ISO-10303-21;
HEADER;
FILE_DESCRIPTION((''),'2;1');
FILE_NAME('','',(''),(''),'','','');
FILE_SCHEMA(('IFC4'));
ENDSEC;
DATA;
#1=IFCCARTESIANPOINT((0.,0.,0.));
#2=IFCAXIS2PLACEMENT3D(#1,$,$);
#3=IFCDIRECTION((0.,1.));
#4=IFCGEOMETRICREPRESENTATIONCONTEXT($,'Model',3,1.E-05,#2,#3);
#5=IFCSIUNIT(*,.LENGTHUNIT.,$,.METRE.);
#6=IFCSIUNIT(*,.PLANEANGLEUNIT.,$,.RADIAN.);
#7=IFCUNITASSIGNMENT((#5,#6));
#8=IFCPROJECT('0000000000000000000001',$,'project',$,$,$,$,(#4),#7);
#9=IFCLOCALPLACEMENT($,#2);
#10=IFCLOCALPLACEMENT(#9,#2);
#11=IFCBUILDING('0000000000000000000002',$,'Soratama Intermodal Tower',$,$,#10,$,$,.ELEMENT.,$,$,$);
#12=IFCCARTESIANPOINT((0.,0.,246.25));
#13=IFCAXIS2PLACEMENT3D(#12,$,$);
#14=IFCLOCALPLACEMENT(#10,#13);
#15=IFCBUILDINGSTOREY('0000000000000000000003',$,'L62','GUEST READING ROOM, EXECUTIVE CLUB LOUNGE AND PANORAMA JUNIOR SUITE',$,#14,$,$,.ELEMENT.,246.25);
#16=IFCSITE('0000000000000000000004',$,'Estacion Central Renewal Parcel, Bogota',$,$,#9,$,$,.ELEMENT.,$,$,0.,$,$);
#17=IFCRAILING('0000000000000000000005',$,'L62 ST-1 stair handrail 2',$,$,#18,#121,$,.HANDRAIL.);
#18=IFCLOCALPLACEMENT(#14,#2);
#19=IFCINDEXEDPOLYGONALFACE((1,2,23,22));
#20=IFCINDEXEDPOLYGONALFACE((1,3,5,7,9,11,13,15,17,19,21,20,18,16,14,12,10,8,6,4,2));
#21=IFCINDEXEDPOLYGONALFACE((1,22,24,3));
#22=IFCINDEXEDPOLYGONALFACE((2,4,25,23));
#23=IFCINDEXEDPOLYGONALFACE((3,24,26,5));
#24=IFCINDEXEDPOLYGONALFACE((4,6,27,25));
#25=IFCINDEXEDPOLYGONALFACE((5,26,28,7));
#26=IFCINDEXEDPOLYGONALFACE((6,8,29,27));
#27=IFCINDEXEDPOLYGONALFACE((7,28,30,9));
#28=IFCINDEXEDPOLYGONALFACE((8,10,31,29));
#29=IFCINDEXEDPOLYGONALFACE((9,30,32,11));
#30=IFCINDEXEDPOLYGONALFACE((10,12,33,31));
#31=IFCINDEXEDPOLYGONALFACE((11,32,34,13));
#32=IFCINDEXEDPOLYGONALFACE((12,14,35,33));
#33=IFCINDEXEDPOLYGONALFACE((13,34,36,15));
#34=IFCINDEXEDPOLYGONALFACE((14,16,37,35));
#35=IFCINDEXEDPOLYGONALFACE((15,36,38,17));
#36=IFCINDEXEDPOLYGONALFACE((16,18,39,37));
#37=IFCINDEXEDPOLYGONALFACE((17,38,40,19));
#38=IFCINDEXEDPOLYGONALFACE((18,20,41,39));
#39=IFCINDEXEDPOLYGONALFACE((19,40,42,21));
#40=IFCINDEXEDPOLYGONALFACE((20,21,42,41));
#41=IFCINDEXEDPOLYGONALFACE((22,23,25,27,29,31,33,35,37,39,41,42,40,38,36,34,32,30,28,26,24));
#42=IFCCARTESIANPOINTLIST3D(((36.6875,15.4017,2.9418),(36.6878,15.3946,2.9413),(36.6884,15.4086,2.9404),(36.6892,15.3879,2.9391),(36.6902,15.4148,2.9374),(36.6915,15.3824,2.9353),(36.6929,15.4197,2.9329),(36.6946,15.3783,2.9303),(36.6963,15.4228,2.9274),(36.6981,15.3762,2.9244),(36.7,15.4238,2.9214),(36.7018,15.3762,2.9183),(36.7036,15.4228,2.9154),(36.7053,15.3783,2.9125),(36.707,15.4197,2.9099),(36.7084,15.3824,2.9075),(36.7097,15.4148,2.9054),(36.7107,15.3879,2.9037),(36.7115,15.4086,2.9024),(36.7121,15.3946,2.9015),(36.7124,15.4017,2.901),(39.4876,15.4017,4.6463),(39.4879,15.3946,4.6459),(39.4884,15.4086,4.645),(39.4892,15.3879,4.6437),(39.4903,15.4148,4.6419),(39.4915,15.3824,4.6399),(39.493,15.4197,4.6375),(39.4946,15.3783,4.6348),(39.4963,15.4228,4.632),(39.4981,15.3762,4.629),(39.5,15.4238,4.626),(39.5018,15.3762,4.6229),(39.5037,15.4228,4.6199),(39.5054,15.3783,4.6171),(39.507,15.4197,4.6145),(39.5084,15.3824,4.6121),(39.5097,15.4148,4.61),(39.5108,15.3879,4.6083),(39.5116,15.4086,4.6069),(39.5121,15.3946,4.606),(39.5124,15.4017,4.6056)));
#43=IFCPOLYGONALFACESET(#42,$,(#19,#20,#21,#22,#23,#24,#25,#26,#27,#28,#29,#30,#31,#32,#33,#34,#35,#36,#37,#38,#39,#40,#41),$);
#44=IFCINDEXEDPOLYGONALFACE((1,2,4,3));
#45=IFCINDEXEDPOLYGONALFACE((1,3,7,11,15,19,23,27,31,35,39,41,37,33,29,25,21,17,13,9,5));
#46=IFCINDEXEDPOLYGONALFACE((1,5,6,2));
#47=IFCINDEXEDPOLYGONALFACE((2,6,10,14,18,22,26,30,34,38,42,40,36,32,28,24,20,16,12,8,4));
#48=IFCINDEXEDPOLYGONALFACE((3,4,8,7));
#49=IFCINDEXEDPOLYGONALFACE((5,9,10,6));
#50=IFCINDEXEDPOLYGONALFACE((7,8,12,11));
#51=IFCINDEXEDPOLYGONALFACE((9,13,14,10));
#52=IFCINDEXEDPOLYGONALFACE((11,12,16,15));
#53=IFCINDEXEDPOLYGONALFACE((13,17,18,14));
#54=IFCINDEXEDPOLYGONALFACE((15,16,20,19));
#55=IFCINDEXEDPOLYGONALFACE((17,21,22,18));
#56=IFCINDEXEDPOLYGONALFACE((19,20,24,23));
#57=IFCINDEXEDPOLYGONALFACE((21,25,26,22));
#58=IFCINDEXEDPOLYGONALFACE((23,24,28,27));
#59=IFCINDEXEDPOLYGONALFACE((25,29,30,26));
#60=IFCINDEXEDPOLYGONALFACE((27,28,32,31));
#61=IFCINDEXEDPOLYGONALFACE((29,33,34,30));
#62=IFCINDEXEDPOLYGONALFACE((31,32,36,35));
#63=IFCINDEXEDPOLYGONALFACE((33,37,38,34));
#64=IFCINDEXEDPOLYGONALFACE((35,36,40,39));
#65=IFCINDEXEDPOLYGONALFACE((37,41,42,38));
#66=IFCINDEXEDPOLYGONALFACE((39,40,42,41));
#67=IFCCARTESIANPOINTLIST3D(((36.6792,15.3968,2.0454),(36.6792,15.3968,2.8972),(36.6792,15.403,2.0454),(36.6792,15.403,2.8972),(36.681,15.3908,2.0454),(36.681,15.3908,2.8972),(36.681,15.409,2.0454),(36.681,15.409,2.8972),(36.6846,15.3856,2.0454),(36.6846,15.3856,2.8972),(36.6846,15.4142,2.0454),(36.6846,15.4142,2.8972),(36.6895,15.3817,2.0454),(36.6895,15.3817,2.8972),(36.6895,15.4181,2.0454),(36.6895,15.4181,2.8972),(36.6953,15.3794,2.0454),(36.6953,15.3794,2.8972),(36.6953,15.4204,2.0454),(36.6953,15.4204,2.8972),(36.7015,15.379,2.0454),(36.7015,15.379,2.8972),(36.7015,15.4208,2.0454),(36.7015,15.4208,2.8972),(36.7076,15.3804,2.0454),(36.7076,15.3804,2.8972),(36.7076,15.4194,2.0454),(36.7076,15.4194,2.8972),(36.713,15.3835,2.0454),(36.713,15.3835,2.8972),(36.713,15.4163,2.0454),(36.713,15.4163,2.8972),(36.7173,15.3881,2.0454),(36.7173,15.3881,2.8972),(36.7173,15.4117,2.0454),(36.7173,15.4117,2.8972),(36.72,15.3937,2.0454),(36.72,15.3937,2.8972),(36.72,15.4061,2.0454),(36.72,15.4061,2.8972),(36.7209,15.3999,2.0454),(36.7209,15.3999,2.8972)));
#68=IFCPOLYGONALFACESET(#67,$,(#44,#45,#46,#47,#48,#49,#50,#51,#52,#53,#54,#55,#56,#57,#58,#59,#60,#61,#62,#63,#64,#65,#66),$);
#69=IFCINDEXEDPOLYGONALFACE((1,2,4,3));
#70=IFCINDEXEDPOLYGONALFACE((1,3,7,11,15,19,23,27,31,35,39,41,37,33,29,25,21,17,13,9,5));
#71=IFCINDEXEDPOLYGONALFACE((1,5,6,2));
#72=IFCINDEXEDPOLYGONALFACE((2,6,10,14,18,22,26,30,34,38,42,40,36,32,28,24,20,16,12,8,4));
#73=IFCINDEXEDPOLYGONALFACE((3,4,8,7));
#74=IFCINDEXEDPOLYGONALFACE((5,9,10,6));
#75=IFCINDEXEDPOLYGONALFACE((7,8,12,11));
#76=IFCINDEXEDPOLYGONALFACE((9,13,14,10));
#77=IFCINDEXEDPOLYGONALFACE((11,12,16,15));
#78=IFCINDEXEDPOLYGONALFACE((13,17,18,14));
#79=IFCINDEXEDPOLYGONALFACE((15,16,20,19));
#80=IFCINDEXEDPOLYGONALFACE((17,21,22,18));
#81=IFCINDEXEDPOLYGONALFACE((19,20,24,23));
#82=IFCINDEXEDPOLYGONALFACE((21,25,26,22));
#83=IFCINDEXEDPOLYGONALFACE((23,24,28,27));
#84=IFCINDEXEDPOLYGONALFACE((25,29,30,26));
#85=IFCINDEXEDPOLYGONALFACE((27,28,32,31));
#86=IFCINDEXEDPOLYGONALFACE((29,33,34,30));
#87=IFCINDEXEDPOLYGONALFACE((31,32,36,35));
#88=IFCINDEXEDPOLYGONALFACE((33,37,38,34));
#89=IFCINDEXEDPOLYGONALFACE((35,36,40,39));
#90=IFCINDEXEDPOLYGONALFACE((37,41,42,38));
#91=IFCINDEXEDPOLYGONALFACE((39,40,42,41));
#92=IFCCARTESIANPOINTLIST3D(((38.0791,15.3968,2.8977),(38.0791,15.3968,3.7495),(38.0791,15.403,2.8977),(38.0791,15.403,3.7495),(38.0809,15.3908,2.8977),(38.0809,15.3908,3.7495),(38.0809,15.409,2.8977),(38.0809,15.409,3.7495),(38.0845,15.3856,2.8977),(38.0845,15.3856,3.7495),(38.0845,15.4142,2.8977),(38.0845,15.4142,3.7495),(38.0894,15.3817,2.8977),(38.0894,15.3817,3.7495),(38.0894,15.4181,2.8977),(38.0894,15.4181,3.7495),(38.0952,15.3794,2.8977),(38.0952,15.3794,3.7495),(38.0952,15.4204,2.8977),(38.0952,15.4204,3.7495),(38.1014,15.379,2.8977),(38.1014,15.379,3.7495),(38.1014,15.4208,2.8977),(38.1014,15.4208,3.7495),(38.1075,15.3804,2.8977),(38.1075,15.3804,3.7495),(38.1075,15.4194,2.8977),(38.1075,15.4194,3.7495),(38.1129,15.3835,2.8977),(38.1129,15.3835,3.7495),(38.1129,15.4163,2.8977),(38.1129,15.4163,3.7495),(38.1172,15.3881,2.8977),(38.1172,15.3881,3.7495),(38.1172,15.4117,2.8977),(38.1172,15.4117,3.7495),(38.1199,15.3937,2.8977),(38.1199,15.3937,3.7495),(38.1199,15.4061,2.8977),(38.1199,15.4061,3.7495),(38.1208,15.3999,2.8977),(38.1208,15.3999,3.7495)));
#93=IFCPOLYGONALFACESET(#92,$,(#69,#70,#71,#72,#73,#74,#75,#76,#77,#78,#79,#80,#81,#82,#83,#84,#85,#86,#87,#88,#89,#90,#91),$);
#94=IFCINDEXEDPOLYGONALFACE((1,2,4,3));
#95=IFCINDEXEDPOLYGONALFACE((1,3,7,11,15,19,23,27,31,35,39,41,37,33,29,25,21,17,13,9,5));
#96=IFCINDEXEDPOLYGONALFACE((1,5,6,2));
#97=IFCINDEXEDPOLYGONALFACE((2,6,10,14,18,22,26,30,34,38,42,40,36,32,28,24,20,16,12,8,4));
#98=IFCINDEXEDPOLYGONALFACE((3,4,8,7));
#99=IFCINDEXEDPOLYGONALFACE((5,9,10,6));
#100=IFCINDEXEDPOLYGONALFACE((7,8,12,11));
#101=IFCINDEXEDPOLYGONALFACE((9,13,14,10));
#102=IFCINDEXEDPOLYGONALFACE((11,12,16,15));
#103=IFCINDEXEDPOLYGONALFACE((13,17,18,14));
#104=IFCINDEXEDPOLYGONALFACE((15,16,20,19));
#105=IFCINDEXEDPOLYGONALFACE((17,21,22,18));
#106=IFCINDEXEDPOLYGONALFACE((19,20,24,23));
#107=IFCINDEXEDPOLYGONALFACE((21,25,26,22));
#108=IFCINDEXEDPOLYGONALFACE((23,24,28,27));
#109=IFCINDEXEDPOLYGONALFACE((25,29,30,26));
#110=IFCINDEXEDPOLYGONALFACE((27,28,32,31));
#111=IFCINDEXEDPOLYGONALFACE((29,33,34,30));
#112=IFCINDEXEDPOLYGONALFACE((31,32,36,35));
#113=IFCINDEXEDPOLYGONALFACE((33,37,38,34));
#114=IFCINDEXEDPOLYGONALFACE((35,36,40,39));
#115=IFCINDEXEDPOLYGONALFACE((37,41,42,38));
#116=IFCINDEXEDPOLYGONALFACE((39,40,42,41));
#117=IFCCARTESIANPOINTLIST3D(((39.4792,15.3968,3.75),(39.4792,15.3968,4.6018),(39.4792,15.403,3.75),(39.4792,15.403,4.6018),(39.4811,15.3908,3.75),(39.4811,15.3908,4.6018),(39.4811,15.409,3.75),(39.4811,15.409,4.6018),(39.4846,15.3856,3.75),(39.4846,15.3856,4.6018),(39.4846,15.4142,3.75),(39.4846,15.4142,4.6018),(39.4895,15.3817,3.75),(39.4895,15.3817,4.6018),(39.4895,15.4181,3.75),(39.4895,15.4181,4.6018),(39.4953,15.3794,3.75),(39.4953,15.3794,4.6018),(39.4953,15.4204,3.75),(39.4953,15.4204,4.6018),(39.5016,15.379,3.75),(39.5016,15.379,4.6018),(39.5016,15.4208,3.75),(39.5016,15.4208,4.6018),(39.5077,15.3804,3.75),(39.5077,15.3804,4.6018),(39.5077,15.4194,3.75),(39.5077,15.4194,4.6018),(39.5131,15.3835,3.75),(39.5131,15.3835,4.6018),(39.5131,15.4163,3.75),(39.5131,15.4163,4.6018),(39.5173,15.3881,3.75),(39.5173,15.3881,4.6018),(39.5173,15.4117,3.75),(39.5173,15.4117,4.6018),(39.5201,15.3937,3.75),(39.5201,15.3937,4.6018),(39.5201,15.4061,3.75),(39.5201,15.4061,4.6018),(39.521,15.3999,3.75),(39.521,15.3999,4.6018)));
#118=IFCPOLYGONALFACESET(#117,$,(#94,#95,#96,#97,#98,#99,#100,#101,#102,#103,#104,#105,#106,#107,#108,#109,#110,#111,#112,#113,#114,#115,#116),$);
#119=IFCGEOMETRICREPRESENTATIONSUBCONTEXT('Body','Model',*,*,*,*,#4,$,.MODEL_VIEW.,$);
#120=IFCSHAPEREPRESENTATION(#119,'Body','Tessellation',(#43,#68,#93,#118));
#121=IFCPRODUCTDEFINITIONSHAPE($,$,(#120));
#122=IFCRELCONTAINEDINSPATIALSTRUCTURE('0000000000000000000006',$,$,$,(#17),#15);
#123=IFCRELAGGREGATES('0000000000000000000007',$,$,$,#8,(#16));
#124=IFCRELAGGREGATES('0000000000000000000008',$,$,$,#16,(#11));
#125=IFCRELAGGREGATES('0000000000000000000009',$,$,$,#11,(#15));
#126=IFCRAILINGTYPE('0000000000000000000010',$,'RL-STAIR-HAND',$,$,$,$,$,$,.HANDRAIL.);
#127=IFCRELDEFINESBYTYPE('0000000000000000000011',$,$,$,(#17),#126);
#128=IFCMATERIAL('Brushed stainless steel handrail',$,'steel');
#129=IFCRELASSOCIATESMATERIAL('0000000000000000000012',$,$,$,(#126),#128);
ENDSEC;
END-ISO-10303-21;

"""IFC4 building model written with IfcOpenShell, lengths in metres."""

from ifc_helpers import new_model, si_unit, direction, frame, origin, origin_2d, place, context, subcontext, project, spatial, circle, extrude, material, type_object, element, save


model = new_model("IFC4")

# Units and contexts
model_context = context("Model", 3, precision=1e-05, world=origin(), true_north=direction((0.0, 1.0)))
body_context = subcontext(model_context, "Body", "Model", "MODEL_VIEW")
ifc_project = project(units=[si_unit("LENGTHUNIT", "METRE"), si_unit("PLANEANGLEUNIT", "RADIAN")], contexts=[model_context])

# Site, building, storey
site_placement = place(None, origin())
site = spatial("IfcSite", under=ifc_project, at=site_placement, Name="Estacion Central Renewal Parcel, Bogota", CompositionType="ELEMENT", RefElevation=0.0)
building_placement = place(site_placement, origin())
building = spatial("IfcBuilding", under=site, at=building_placement, Name="Soratama Intermodal Tower", CompositionType="ELEMENT")
storey_placement = place(building_placement, frame((0.0, 0.0, 246.25)))
storey = spatial("IfcBuildingStorey", under=building, at=storey_placement, Name="L62", Description="GUEST READING ROOM, EXECUTIVE CLUB LOUNGE AND PANORAMA JUNIOR SUITE", CompositionType="ELEMENT", Elevation=246.25)

# Railing
ifc_material_1 = material(Name="Brushed stainless steel handrail", Category="steel")
railing_type_1 = type_object("IfcRailingType", Name="RL-STAIR-HAND", PredefinedType="HANDRAIL", material=ifc_material_1)
railing_1_placement = place(storey_placement, frame((36.7, 15.3999, 2.0454)))
element("IfcRailing", 1, at=railing_1_placement, inside=storey, type_object=railing_type_1, Name="L62 ST-1 stair handrail 2", PredefinedType="HANDRAIL", context=body_context, shape_type="SweptSolid", body=[
    extrude(circle(Radius=0.0239, at=origin_2d()), frame((0.0, 0.0, 0.876), z_axis=(0.85417, 0.0, 0.519994), x_axis=(0.0, 1.0, 0.0)), (0.0, 0.0, 1.0), 3.2781),
    extrude(circle(Radius=0.021, at=origin_2d()), origin(), (0.0, 0.0, 1.0), 0.8518),
    extrude(circle(Radius=0.021, at=origin_2d()), frame((1.3999, 0.0, 0.8523)), (0.0, 0.0, 1.0), 0.8518),
    extrude(circle(Radius=0.021, at=origin_2d()), frame((2.8, 0.0, 1.7046)), (0.0, 0.0, 1.0), 0.8518),
])

save(model, "model.ifc")
